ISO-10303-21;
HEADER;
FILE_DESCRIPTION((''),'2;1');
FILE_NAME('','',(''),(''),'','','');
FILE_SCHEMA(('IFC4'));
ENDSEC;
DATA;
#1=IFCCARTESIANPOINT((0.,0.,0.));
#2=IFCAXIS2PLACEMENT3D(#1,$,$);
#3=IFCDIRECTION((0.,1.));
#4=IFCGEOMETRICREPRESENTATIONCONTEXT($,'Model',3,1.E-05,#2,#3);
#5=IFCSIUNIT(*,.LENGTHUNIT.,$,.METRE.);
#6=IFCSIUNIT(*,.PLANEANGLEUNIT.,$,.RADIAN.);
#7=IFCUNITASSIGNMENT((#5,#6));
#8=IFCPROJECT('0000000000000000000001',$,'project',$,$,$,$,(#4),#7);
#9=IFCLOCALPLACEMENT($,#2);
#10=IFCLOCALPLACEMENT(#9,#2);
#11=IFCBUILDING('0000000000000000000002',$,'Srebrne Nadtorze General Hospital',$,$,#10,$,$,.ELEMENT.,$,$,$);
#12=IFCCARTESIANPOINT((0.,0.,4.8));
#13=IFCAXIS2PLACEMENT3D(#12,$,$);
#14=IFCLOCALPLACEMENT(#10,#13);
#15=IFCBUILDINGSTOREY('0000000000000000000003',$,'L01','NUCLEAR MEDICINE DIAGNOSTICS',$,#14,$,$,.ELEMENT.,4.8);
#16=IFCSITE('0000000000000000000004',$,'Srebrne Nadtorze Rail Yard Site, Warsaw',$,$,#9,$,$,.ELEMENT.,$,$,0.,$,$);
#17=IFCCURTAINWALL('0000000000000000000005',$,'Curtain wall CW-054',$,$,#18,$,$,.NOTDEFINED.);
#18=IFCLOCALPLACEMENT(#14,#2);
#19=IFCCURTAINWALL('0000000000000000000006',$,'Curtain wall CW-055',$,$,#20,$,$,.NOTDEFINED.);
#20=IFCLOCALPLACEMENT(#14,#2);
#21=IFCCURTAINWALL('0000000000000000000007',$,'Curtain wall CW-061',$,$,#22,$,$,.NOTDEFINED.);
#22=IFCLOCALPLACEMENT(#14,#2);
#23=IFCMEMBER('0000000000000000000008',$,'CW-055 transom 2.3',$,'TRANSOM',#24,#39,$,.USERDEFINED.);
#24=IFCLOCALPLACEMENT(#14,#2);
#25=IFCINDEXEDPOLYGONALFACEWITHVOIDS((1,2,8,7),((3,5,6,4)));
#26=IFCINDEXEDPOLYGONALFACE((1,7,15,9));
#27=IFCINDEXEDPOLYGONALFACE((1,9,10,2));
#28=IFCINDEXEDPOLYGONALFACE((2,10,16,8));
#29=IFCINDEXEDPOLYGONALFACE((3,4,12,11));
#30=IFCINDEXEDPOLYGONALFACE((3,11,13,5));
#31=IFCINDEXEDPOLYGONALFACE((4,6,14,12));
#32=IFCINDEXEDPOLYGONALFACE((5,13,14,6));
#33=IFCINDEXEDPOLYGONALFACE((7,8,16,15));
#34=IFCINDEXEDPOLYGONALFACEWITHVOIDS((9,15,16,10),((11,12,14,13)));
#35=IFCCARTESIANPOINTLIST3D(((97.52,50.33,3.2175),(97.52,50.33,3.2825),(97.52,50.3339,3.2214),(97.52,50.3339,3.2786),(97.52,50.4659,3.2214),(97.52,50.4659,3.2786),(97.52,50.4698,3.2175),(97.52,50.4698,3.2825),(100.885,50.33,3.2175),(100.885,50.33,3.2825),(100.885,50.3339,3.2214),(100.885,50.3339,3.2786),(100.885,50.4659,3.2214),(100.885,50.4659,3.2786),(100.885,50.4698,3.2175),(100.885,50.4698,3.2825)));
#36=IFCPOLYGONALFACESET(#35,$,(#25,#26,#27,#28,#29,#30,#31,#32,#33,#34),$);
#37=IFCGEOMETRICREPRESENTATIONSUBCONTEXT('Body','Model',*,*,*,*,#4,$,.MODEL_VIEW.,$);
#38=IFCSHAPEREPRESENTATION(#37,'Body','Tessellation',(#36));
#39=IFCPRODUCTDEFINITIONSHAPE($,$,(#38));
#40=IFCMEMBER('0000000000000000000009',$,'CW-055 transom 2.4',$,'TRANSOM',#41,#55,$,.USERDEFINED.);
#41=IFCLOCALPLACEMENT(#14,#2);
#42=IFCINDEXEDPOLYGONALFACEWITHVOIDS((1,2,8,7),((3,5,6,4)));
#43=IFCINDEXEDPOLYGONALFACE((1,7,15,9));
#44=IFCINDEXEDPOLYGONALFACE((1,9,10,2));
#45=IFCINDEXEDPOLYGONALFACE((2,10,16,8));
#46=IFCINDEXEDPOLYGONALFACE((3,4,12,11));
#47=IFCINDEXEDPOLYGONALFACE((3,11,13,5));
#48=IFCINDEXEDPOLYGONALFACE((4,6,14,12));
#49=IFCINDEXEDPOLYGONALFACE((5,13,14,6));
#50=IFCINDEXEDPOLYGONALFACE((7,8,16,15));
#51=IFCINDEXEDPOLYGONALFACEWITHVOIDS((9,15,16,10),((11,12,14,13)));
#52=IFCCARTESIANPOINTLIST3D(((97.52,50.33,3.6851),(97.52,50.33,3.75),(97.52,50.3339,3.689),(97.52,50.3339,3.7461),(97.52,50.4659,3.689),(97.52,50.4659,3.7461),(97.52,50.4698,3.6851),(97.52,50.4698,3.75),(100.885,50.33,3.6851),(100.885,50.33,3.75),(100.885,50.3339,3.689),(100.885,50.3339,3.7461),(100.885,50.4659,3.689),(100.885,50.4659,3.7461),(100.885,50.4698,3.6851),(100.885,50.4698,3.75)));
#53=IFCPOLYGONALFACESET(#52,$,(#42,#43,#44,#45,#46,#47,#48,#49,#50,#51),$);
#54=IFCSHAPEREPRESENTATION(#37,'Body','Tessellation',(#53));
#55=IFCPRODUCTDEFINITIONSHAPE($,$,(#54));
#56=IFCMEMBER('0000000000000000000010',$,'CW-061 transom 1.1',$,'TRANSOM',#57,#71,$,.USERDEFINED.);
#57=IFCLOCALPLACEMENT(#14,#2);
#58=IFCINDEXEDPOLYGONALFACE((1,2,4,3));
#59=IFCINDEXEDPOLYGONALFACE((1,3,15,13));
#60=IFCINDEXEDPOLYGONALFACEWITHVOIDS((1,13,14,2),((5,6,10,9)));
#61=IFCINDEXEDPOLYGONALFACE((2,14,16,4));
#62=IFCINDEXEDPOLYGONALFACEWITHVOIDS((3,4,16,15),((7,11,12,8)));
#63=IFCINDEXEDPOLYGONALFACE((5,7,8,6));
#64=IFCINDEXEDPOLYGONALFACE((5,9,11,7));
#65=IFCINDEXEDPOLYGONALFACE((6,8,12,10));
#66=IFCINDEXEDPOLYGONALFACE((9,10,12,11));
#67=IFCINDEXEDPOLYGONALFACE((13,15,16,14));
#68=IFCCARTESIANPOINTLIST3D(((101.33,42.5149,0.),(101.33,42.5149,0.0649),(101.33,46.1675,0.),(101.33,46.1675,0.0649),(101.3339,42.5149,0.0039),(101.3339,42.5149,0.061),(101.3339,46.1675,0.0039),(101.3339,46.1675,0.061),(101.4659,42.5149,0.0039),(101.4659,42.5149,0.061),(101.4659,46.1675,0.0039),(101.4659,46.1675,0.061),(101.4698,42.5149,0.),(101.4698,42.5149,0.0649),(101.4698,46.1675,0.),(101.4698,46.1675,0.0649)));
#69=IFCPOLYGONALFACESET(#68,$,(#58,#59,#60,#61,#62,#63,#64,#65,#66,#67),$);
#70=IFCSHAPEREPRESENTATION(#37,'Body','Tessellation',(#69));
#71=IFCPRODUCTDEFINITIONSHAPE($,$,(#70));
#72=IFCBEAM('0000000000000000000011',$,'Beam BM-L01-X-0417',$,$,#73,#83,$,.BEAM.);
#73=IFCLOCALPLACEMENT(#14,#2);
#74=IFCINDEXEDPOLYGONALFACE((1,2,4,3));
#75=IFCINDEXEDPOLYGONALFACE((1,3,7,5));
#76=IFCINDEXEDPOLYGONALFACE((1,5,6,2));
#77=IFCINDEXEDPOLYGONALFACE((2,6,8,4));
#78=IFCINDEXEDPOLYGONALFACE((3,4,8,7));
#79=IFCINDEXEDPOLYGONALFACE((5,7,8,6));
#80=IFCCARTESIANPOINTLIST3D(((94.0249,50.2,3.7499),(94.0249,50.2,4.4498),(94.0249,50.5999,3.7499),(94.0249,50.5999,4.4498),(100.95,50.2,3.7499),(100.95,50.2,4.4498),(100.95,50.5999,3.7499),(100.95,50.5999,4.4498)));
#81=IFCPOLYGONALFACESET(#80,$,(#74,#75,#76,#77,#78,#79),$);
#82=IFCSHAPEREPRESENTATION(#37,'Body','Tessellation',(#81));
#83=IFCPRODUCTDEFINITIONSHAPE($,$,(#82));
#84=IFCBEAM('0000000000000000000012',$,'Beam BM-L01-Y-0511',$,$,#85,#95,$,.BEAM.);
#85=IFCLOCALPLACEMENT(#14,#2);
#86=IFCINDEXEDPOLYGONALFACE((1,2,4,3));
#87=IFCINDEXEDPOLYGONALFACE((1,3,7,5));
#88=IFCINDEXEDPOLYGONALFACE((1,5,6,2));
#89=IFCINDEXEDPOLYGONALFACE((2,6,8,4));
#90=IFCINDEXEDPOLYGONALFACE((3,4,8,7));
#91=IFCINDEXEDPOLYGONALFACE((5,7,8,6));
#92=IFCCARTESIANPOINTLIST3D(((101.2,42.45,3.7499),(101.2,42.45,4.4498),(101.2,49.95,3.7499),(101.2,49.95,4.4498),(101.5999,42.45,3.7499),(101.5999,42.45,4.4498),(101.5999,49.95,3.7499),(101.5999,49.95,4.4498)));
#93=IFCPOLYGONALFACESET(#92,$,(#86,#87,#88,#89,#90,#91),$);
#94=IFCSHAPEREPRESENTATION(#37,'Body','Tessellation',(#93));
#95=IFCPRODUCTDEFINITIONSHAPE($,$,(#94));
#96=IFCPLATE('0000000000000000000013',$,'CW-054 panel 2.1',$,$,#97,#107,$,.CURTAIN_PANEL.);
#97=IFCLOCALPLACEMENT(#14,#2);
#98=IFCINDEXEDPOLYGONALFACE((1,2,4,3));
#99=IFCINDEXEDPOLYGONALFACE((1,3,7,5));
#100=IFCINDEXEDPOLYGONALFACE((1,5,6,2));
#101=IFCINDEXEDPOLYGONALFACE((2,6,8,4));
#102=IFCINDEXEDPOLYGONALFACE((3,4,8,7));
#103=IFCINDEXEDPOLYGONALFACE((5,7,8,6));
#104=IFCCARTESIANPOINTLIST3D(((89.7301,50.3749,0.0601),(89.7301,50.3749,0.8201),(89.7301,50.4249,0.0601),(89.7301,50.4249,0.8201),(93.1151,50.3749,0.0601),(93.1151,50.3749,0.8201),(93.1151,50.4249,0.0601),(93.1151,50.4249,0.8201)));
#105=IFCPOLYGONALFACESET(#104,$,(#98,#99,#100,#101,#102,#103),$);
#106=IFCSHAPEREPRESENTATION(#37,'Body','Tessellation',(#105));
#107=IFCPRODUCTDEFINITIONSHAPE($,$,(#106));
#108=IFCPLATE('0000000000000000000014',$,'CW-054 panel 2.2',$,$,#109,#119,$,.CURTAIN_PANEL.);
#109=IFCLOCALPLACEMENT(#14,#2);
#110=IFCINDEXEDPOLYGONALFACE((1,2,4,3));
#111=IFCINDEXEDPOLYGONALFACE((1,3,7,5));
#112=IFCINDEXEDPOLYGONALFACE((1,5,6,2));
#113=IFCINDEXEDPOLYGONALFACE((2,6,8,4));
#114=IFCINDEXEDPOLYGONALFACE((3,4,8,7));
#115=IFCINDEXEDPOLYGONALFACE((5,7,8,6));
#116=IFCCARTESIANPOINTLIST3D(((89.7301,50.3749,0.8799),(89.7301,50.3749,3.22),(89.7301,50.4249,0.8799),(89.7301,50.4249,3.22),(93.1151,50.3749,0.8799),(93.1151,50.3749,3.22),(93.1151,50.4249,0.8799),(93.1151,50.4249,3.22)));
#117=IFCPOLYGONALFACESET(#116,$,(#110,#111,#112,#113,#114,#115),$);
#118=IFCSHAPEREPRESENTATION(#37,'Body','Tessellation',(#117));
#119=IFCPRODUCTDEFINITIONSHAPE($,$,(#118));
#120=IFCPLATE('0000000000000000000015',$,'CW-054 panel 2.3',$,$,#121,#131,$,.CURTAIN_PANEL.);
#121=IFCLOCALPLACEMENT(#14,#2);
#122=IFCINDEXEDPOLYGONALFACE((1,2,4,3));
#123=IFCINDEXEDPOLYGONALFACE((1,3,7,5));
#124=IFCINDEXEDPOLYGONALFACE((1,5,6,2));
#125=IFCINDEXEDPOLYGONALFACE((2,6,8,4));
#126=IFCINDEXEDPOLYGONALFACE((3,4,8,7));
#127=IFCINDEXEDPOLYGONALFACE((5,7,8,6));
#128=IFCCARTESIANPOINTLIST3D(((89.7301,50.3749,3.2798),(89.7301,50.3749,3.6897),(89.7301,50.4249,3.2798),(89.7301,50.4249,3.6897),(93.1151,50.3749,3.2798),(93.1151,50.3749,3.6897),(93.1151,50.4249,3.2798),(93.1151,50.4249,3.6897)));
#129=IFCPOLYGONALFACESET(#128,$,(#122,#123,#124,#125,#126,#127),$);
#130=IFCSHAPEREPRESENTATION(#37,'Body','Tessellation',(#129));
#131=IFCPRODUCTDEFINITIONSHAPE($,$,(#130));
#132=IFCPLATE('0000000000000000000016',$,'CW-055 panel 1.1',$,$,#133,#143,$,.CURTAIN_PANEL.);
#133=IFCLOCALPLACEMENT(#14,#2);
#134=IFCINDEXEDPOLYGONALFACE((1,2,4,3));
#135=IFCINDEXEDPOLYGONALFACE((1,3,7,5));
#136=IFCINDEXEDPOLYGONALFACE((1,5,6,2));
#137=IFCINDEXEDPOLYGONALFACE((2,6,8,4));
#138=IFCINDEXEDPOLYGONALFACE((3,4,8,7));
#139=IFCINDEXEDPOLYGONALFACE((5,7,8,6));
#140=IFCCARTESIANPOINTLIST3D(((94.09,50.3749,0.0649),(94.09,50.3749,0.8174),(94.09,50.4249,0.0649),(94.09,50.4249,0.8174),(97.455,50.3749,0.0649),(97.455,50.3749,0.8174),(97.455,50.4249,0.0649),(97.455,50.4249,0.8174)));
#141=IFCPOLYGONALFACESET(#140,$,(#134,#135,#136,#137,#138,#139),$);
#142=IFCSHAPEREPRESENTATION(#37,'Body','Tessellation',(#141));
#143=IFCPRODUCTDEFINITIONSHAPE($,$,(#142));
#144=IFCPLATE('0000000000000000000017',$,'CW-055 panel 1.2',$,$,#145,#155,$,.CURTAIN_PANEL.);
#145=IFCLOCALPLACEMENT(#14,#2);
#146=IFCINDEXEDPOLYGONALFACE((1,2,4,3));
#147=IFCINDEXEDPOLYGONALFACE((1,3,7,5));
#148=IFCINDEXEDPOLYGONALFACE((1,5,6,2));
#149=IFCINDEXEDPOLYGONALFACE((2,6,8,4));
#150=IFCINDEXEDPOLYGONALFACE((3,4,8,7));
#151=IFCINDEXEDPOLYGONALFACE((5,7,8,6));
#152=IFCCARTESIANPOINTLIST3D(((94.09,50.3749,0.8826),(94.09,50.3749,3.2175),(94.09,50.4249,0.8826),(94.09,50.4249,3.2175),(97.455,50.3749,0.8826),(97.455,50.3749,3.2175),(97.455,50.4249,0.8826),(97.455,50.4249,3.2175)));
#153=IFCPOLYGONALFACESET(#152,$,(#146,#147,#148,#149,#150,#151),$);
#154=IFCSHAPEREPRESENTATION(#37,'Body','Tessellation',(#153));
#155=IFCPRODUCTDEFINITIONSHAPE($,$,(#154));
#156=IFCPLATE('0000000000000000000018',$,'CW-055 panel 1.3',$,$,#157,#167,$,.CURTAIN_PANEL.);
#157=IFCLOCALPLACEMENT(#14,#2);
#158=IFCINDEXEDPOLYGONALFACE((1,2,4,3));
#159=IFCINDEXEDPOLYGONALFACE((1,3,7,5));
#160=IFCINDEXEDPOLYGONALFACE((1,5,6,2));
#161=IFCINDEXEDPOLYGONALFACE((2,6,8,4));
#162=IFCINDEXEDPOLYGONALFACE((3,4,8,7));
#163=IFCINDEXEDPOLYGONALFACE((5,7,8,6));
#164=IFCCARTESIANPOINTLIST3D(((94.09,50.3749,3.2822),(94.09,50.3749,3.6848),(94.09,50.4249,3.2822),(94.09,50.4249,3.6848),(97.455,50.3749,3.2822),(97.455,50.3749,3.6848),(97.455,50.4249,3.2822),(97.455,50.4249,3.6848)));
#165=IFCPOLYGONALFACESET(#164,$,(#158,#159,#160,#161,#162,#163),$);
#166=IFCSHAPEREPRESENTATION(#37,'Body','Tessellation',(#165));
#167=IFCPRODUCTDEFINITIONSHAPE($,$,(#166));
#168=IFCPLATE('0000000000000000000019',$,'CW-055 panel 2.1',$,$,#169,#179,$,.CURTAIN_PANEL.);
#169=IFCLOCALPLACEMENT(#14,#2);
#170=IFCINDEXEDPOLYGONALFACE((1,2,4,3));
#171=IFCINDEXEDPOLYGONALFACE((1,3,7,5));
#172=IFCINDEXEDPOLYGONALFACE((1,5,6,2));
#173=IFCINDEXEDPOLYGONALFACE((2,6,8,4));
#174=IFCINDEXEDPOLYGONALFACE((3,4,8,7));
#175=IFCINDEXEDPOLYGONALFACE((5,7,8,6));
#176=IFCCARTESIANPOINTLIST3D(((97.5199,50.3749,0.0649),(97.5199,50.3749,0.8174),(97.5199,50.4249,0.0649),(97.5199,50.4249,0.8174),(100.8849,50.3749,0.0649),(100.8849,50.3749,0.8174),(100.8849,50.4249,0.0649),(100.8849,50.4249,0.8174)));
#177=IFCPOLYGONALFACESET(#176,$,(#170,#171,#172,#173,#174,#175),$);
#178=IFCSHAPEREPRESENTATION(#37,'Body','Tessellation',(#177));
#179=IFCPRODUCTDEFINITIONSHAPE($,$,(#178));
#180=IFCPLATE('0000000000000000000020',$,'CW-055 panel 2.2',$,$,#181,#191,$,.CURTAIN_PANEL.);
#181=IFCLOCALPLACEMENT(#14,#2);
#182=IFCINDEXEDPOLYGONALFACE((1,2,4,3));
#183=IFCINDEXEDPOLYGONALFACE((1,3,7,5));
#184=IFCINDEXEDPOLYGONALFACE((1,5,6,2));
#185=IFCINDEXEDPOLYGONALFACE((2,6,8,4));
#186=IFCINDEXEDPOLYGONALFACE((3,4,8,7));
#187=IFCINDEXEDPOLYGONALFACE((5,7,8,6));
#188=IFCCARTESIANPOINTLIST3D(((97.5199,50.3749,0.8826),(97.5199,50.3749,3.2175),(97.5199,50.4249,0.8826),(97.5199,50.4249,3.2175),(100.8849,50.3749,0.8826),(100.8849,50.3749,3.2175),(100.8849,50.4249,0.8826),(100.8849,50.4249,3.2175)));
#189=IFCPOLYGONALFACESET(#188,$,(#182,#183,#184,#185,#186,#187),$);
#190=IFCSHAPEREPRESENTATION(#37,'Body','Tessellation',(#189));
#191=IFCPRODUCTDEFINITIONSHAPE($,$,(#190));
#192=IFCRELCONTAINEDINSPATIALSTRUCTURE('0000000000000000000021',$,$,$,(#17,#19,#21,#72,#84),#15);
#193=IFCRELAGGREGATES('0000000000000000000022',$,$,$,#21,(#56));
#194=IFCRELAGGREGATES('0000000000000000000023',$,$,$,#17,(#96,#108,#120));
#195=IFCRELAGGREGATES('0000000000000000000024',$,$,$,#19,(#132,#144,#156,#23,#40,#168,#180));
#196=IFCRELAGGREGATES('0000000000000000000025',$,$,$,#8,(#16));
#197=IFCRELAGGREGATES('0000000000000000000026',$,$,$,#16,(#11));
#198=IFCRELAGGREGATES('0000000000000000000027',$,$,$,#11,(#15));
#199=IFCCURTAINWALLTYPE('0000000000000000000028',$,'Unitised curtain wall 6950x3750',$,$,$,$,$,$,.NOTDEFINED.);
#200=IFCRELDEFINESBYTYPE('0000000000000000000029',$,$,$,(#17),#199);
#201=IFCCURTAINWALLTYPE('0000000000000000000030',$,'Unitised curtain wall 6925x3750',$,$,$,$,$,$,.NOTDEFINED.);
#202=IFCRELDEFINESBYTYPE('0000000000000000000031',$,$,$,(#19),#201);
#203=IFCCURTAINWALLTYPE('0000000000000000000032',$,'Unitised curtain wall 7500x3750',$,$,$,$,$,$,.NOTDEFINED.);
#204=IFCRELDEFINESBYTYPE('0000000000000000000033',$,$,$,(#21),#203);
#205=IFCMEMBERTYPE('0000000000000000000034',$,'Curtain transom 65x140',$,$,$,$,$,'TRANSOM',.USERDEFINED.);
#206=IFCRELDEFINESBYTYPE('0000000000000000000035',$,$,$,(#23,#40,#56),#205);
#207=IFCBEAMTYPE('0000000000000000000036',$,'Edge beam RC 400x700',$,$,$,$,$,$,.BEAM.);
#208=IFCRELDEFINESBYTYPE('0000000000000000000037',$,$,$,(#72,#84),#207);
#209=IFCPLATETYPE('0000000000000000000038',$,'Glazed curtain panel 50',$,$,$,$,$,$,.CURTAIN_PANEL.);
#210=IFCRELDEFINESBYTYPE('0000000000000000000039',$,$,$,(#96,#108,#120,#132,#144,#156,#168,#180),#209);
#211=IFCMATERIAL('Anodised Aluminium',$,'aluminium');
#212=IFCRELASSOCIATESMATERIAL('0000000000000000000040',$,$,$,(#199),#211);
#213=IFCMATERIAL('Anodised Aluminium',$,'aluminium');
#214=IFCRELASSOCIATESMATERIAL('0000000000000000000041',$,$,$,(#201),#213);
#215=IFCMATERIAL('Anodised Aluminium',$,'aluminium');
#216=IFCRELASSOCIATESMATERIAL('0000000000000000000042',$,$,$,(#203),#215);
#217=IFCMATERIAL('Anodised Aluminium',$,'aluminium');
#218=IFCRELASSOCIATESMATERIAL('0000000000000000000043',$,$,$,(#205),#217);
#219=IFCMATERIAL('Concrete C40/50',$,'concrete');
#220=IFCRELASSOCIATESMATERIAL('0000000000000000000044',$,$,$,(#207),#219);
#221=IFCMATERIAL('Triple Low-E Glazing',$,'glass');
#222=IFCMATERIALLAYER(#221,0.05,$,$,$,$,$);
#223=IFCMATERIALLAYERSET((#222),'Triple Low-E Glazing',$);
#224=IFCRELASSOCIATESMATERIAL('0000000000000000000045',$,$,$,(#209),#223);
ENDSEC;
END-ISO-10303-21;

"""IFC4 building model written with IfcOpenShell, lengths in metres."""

from ifc_helpers import new_model, si_unit, direction, frame, origin, origin_2d, place, context, subcontext, project, spatial, rectangle, hollow_rectangle, extrude, material, layer, layer_set, material_profile, profile_set, type_object, element, aggregate, save


model = new_model("IFC4")

# Units and contexts
model_context = context("Model", 3, precision=1e-05, world=origin(), true_north=direction((0.0, 1.0)))
body_context = subcontext(model_context, "Body", "Model", "MODEL_VIEW")
ifc_project = project(units=[si_unit("LENGTHUNIT", "METRE"), si_unit("PLANEANGLEUNIT", "RADIAN")], contexts=[model_context])

# Site, building, storey
site_placement = place(None, origin())
site = spatial("IfcSite", under=ifc_project, at=site_placement, Name="Srebrne Nadtorze Rail Yard Site, Warsaw", CompositionType="ELEMENT", RefElevation=0.0)
building_placement = place(site_placement, origin())
building = spatial("IfcBuilding", under=site, at=building_placement, Name="Srebrne Nadtorze General Hospital", CompositionType="ELEMENT")
storey_placement = place(building_placement, frame((0.0, 0.0, 4.8)))
storey = spatial("IfcBuildingStorey", under=building, at=storey_placement, Name="L01", Description="NUCLEAR MEDICINE DIAGNOSTICS", CompositionType="ELEMENT", Elevation=4.8)

# Curtain wall
ifc_material_1 = material(Name="Anodised Aluminium", Category="aluminium")
curtain_wall_type_1 = type_object("IfcCurtainWallType", Name="Unitised curtain wall 6950x3750", PredefinedType="NOTDEFINED", material=ifc_material_1)
curtain_wall_1_placement = place(storey_placement, origin())
curtain_wall_1 = element("IfcCurtainWall", 1, at=curtain_wall_1_placement, inside=storey, type_object=curtain_wall_type_1, Name="Curtain wall CW-054", PredefinedType="NOTDEFINED")

# Curtain wall
ifc_material_2 = material(Name="Anodised Aluminium", Category="aluminium")
curtain_wall_type_2 = type_object("IfcCurtainWallType", Name="Unitised curtain wall 6925x3750", PredefinedType="NOTDEFINED", material=ifc_material_2)
curtain_wall_2_placement = place(storey_placement, origin())
curtain_wall_2 = element("IfcCurtainWall", 2, at=curtain_wall_2_placement, inside=storey, type_object=curtain_wall_type_2, Name="Curtain wall CW-055", PredefinedType="NOTDEFINED")

# Curtain wall
ifc_material_3 = material(Name="Anodised Aluminium", Category="aluminium")
curtain_wall_type_3 = type_object("IfcCurtainWallType", Name="Unitised curtain wall 7500x3750", PredefinedType="NOTDEFINED", material=ifc_material_3)
curtain_wall_3_placement = place(storey_placement, origin())
curtain_wall_3 = element("IfcCurtainWall", 3, at=curtain_wall_3_placement, inside=storey, type_object=curtain_wall_type_3, Name="Curtain wall CW-061", PredefinedType="NOTDEFINED")

# Members
ifc_material_4 = material(Name="Anodised Aluminium", Category="aluminium")
ifc_material_profile_1 = material_profile(ifc_material_4, hollow_rectangle(XDim=0.0649, YDim=0.1399, WallThickness=0.0039, at=origin_2d()), Name="AL-TRN-65x140")
ifc_profile_set_1 = profile_set([ifc_material_profile_1], Name="Anodised Aluminium")
member_type_1 = type_object("IfcMemberType", Name="Curtain transom 65x140", ElementType="TRANSOM", PredefinedType="USERDEFINED", material=ifc_profile_set_1)
member_1_placement = place(storey_placement, frame((97.52, 50.3999, 3.25), z_axis=(1.0, 0.0, 0.0), x_axis=(0.0, 0.0, 1.0)))
member_1 = element("IfcMember", 4, at=member_1_placement, type_object=member_type_1, Name="CW-055 transom 2.3", ObjectType="TRANSOM", PredefinedType="USERDEFINED", context=body_context, shape_type="SweptSolid", body=[
    extrude(hollow_rectangle(XDim=0.0649, YDim=0.1399, WallThickness=0.0039, at=origin_2d()), origin(), (0.0, 0.0, 1.0), 3.365),
])
member_2_placement = place(storey_placement, frame((97.52, 50.3999, 3.7175), z_axis=(1.0, 0.0, 0.0), x_axis=(0.0, 0.0, 1.0)))
member_2 = element("IfcMember", 5, at=member_2_placement, type_object=member_type_1, Name="CW-055 transom 2.4", ObjectType="TRANSOM", PredefinedType="USERDEFINED", context=body_context, shape_type="SweptSolid", body=[
    extrude(hollow_rectangle(XDim=0.0649, YDim=0.1399, WallThickness=0.0039, at=origin_2d()), origin(), (0.0, 0.0, 1.0), 3.365),
])
member_3_placement = place(storey_placement, frame((101.3999, 42.5149, 0.0325), z_axis=(0.0, 1.0, 0.0), x_axis=(0.0, 0.0, 1.0)))
member_3 = element("IfcMember", 6, at=member_3_placement, type_object=member_type_1, Name="CW-061 transom 1.1", ObjectType="TRANSOM", PredefinedType="USERDEFINED", context=body_context, shape_type="SweptSolid", body=[
    extrude(hollow_rectangle(XDim=0.0649, YDim=0.1399, WallThickness=0.0039, at=origin_2d()), origin(), (0.0, 0.0, 1.0), 3.6526),
])
aggregate(curtain_wall_3, [member_3])

# Beams
ifc_material_5 = material(Name="Concrete C40/50", Category="concrete")
ifc_material_profile_2 = material_profile(ifc_material_5, rectangle(XDim=0.3999, YDim=0.7, at=origin_2d()), Name="RC-BM-400x700")
ifc_profile_set_2 = profile_set([ifc_material_profile_2], Name="Concrete C40/50")
beam_type = type_object("IfcBeamType", Name="Edge beam RC 400x700", PredefinedType="BEAM", material=ifc_profile_set_2)
beam_1_placement = place(storey_placement, frame((94.0249, 50.3999, 4.0999), z_axis=(1.0, 0.0, 0.0), x_axis=(0.0, 1.0, 0.0)))
element("IfcBeam", 7, at=beam_1_placement, inside=storey, type_object=beam_type, Name="Beam BM-L01-X-0417", PredefinedType="BEAM", context=body_context, shape_type="SweptSolid", body=[
    extrude(rectangle(XDim=0.3999, YDim=0.7, at=origin_2d()), origin(), (0.0, 0.0, 1.0), 6.925),
])
beam_2_placement = place(storey_placement, frame((101.3999, 42.45, 4.0999), z_axis=(0.0, 1.0, 0.0), x_axis=(-1.0, 0.0, 0.0)))
element("IfcBeam", 8, at=beam_2_placement, inside=storey, type_object=beam_type, Name="Beam BM-L01-Y-0511", PredefinedType="BEAM", context=body_context, shape_type="SweptSolid", body=[
    extrude(rectangle(XDim=0.3999, YDim=0.7, at=origin_2d()), origin(), (0.0, 0.0, 1.0), 7.5),
])

# Plates
ifc_material_6 = material(Name="Triple Low-E Glazing", Category="glass")
ifc_layer = layer(ifc_material_6, 0.05)
ifc_layer_set = layer_set([ifc_layer], Name="Triple Low-E Glazing")
plate_type = type_object("IfcPlateType", Name="Glazed curtain panel 50", PredefinedType="CURTAIN_PANEL", material=ifc_layer_set)
plate_1_placement = place(storey_placement, frame((91.4226, 50.3999, 0.0601), z_axis=(0.0, 0.0, 1.0), x_axis=(1.0, 0.0, 0.0)))
plate_1 = element("IfcPlate", 9, at=plate_1_placement, type_object=plate_type, Name="CW-054 panel 2.1", PredefinedType="CURTAIN_PANEL", context=body_context, shape_type="SweptSolid", body=[
    extrude(rectangle(XDim=3.385, YDim=0.05, at=origin_2d()), origin(), (0.0, 0.0, 1.0), 0.76),
])
plate_2_placement = place(storey_placement, frame((91.4226, 50.3999, 0.8799), z_axis=(0.0, 0.0, 1.0), x_axis=(1.0, 0.0, 0.0)))
plate_2 = element("IfcPlate", 10, at=plate_2_placement, type_object=plate_type, Name="CW-054 panel 2.2", PredefinedType="CURTAIN_PANEL", context=body_context, shape_type="SweptSolid", body=[
    extrude(rectangle(XDim=3.385, YDim=0.05, at=origin_2d()), origin(), (0.0, 0.0, 1.0), 2.3401),
])
plate_3_placement = place(storey_placement, frame((91.4226, 50.3999, 3.2798), z_axis=(0.0, 0.0, 1.0), x_axis=(1.0, 0.0, 0.0)))
plate_3 = element("IfcPlate", 11, at=plate_3_placement, type_object=plate_type, Name="CW-054 panel 2.3", PredefinedType="CURTAIN_PANEL", context=body_context, shape_type="SweptSolid", body=[
    extrude(rectangle(XDim=3.385, YDim=0.05, at=origin_2d()), origin(), (0.0, 0.0, 1.0), 0.4099),
])
aggregate(curtain_wall_1, [plate_1, plate_2, plate_3])
plate_4_placement = place(storey_placement, frame((95.7725, 50.3999, 0.0649), z_axis=(0.0, 0.0, 1.0), x_axis=(1.0, 0.0, 0.0)))
plate_4 = element("IfcPlate", 12, at=plate_4_placement, type_object=plate_type, Name="CW-055 panel 1.1", PredefinedType="CURTAIN_PANEL", context=body_context, shape_type="SweptSolid", body=[
    extrude(rectangle(XDim=3.365, YDim=0.05, at=origin_2d()), origin(), (0.0, 0.0, 1.0), 0.7524),
])
plate_5_placement = place(storey_placement, frame((95.7725, 50.3999, 0.8826), z_axis=(0.0, 0.0, 1.0), x_axis=(1.0, 0.0, 0.0)))
plate_5 = element("IfcPlate", 13, at=plate_5_placement, type_object=plate_type, Name="CW-055 panel 1.2", PredefinedType="CURTAIN_PANEL", context=body_context, shape_type="SweptSolid", body=[
    extrude(rectangle(XDim=3.365, YDim=0.05, at=origin_2d()), origin(), (0.0, 0.0, 1.0), 2.335),
])
plate_6_placement = place(storey_placement, frame((95.7725, 50.3999, 3.2822), z_axis=(0.0, 0.0, 1.0), x_axis=(1.0, 0.0, 0.0)))
plate_6 = element("IfcPlate", 14, at=plate_6_placement, type_object=plate_type, Name="CW-055 panel 1.3", PredefinedType="CURTAIN_PANEL", context=body_context, shape_type="SweptSolid", body=[
    extrude(rectangle(XDim=3.365, YDim=0.05, at=origin_2d()), origin(), (0.0, 0.0, 1.0), 0.4026),
])
plate_7_placement = place(storey_placement, frame((99.2024, 50.3999, 0.0649), z_axis=(0.0, 0.0, 1.0), x_axis=(1.0, 0.0, 0.0)))
plate_7 = element("IfcPlate", 15, at=plate_7_placement, type_object=plate_type, Name="CW-055 panel 2.1", PredefinedType="CURTAIN_PANEL", context=body_context, shape_type="SweptSolid", body=[
    extrude(rectangle(XDim=3.365, YDim=0.05, at=origin_2d()), origin(), (0.0, 0.0, 1.0), 0.7524),
])
plate_8_placement = place(storey_placement, frame((99.2024, 50.3999, 0.8826), z_axis=(0.0, 0.0, 1.0), x_axis=(1.0, 0.0, 0.0)))
plate_8 = element("IfcPlate", 16, at=plate_8_placement, type_object=plate_type, Name="CW-055 panel 2.2", PredefinedType="CURTAIN_PANEL", context=body_context, shape_type="SweptSolid", body=[
    extrude(rectangle(XDim=3.365, YDim=0.05, at=origin_2d()), origin(), (0.0, 0.0, 1.0), 2.335),
])
aggregate(curtain_wall_2, [plate_4, plate_5, plate_6, member_1, member_2, plate_7, plate_8])

save(model, "model.ifc")
